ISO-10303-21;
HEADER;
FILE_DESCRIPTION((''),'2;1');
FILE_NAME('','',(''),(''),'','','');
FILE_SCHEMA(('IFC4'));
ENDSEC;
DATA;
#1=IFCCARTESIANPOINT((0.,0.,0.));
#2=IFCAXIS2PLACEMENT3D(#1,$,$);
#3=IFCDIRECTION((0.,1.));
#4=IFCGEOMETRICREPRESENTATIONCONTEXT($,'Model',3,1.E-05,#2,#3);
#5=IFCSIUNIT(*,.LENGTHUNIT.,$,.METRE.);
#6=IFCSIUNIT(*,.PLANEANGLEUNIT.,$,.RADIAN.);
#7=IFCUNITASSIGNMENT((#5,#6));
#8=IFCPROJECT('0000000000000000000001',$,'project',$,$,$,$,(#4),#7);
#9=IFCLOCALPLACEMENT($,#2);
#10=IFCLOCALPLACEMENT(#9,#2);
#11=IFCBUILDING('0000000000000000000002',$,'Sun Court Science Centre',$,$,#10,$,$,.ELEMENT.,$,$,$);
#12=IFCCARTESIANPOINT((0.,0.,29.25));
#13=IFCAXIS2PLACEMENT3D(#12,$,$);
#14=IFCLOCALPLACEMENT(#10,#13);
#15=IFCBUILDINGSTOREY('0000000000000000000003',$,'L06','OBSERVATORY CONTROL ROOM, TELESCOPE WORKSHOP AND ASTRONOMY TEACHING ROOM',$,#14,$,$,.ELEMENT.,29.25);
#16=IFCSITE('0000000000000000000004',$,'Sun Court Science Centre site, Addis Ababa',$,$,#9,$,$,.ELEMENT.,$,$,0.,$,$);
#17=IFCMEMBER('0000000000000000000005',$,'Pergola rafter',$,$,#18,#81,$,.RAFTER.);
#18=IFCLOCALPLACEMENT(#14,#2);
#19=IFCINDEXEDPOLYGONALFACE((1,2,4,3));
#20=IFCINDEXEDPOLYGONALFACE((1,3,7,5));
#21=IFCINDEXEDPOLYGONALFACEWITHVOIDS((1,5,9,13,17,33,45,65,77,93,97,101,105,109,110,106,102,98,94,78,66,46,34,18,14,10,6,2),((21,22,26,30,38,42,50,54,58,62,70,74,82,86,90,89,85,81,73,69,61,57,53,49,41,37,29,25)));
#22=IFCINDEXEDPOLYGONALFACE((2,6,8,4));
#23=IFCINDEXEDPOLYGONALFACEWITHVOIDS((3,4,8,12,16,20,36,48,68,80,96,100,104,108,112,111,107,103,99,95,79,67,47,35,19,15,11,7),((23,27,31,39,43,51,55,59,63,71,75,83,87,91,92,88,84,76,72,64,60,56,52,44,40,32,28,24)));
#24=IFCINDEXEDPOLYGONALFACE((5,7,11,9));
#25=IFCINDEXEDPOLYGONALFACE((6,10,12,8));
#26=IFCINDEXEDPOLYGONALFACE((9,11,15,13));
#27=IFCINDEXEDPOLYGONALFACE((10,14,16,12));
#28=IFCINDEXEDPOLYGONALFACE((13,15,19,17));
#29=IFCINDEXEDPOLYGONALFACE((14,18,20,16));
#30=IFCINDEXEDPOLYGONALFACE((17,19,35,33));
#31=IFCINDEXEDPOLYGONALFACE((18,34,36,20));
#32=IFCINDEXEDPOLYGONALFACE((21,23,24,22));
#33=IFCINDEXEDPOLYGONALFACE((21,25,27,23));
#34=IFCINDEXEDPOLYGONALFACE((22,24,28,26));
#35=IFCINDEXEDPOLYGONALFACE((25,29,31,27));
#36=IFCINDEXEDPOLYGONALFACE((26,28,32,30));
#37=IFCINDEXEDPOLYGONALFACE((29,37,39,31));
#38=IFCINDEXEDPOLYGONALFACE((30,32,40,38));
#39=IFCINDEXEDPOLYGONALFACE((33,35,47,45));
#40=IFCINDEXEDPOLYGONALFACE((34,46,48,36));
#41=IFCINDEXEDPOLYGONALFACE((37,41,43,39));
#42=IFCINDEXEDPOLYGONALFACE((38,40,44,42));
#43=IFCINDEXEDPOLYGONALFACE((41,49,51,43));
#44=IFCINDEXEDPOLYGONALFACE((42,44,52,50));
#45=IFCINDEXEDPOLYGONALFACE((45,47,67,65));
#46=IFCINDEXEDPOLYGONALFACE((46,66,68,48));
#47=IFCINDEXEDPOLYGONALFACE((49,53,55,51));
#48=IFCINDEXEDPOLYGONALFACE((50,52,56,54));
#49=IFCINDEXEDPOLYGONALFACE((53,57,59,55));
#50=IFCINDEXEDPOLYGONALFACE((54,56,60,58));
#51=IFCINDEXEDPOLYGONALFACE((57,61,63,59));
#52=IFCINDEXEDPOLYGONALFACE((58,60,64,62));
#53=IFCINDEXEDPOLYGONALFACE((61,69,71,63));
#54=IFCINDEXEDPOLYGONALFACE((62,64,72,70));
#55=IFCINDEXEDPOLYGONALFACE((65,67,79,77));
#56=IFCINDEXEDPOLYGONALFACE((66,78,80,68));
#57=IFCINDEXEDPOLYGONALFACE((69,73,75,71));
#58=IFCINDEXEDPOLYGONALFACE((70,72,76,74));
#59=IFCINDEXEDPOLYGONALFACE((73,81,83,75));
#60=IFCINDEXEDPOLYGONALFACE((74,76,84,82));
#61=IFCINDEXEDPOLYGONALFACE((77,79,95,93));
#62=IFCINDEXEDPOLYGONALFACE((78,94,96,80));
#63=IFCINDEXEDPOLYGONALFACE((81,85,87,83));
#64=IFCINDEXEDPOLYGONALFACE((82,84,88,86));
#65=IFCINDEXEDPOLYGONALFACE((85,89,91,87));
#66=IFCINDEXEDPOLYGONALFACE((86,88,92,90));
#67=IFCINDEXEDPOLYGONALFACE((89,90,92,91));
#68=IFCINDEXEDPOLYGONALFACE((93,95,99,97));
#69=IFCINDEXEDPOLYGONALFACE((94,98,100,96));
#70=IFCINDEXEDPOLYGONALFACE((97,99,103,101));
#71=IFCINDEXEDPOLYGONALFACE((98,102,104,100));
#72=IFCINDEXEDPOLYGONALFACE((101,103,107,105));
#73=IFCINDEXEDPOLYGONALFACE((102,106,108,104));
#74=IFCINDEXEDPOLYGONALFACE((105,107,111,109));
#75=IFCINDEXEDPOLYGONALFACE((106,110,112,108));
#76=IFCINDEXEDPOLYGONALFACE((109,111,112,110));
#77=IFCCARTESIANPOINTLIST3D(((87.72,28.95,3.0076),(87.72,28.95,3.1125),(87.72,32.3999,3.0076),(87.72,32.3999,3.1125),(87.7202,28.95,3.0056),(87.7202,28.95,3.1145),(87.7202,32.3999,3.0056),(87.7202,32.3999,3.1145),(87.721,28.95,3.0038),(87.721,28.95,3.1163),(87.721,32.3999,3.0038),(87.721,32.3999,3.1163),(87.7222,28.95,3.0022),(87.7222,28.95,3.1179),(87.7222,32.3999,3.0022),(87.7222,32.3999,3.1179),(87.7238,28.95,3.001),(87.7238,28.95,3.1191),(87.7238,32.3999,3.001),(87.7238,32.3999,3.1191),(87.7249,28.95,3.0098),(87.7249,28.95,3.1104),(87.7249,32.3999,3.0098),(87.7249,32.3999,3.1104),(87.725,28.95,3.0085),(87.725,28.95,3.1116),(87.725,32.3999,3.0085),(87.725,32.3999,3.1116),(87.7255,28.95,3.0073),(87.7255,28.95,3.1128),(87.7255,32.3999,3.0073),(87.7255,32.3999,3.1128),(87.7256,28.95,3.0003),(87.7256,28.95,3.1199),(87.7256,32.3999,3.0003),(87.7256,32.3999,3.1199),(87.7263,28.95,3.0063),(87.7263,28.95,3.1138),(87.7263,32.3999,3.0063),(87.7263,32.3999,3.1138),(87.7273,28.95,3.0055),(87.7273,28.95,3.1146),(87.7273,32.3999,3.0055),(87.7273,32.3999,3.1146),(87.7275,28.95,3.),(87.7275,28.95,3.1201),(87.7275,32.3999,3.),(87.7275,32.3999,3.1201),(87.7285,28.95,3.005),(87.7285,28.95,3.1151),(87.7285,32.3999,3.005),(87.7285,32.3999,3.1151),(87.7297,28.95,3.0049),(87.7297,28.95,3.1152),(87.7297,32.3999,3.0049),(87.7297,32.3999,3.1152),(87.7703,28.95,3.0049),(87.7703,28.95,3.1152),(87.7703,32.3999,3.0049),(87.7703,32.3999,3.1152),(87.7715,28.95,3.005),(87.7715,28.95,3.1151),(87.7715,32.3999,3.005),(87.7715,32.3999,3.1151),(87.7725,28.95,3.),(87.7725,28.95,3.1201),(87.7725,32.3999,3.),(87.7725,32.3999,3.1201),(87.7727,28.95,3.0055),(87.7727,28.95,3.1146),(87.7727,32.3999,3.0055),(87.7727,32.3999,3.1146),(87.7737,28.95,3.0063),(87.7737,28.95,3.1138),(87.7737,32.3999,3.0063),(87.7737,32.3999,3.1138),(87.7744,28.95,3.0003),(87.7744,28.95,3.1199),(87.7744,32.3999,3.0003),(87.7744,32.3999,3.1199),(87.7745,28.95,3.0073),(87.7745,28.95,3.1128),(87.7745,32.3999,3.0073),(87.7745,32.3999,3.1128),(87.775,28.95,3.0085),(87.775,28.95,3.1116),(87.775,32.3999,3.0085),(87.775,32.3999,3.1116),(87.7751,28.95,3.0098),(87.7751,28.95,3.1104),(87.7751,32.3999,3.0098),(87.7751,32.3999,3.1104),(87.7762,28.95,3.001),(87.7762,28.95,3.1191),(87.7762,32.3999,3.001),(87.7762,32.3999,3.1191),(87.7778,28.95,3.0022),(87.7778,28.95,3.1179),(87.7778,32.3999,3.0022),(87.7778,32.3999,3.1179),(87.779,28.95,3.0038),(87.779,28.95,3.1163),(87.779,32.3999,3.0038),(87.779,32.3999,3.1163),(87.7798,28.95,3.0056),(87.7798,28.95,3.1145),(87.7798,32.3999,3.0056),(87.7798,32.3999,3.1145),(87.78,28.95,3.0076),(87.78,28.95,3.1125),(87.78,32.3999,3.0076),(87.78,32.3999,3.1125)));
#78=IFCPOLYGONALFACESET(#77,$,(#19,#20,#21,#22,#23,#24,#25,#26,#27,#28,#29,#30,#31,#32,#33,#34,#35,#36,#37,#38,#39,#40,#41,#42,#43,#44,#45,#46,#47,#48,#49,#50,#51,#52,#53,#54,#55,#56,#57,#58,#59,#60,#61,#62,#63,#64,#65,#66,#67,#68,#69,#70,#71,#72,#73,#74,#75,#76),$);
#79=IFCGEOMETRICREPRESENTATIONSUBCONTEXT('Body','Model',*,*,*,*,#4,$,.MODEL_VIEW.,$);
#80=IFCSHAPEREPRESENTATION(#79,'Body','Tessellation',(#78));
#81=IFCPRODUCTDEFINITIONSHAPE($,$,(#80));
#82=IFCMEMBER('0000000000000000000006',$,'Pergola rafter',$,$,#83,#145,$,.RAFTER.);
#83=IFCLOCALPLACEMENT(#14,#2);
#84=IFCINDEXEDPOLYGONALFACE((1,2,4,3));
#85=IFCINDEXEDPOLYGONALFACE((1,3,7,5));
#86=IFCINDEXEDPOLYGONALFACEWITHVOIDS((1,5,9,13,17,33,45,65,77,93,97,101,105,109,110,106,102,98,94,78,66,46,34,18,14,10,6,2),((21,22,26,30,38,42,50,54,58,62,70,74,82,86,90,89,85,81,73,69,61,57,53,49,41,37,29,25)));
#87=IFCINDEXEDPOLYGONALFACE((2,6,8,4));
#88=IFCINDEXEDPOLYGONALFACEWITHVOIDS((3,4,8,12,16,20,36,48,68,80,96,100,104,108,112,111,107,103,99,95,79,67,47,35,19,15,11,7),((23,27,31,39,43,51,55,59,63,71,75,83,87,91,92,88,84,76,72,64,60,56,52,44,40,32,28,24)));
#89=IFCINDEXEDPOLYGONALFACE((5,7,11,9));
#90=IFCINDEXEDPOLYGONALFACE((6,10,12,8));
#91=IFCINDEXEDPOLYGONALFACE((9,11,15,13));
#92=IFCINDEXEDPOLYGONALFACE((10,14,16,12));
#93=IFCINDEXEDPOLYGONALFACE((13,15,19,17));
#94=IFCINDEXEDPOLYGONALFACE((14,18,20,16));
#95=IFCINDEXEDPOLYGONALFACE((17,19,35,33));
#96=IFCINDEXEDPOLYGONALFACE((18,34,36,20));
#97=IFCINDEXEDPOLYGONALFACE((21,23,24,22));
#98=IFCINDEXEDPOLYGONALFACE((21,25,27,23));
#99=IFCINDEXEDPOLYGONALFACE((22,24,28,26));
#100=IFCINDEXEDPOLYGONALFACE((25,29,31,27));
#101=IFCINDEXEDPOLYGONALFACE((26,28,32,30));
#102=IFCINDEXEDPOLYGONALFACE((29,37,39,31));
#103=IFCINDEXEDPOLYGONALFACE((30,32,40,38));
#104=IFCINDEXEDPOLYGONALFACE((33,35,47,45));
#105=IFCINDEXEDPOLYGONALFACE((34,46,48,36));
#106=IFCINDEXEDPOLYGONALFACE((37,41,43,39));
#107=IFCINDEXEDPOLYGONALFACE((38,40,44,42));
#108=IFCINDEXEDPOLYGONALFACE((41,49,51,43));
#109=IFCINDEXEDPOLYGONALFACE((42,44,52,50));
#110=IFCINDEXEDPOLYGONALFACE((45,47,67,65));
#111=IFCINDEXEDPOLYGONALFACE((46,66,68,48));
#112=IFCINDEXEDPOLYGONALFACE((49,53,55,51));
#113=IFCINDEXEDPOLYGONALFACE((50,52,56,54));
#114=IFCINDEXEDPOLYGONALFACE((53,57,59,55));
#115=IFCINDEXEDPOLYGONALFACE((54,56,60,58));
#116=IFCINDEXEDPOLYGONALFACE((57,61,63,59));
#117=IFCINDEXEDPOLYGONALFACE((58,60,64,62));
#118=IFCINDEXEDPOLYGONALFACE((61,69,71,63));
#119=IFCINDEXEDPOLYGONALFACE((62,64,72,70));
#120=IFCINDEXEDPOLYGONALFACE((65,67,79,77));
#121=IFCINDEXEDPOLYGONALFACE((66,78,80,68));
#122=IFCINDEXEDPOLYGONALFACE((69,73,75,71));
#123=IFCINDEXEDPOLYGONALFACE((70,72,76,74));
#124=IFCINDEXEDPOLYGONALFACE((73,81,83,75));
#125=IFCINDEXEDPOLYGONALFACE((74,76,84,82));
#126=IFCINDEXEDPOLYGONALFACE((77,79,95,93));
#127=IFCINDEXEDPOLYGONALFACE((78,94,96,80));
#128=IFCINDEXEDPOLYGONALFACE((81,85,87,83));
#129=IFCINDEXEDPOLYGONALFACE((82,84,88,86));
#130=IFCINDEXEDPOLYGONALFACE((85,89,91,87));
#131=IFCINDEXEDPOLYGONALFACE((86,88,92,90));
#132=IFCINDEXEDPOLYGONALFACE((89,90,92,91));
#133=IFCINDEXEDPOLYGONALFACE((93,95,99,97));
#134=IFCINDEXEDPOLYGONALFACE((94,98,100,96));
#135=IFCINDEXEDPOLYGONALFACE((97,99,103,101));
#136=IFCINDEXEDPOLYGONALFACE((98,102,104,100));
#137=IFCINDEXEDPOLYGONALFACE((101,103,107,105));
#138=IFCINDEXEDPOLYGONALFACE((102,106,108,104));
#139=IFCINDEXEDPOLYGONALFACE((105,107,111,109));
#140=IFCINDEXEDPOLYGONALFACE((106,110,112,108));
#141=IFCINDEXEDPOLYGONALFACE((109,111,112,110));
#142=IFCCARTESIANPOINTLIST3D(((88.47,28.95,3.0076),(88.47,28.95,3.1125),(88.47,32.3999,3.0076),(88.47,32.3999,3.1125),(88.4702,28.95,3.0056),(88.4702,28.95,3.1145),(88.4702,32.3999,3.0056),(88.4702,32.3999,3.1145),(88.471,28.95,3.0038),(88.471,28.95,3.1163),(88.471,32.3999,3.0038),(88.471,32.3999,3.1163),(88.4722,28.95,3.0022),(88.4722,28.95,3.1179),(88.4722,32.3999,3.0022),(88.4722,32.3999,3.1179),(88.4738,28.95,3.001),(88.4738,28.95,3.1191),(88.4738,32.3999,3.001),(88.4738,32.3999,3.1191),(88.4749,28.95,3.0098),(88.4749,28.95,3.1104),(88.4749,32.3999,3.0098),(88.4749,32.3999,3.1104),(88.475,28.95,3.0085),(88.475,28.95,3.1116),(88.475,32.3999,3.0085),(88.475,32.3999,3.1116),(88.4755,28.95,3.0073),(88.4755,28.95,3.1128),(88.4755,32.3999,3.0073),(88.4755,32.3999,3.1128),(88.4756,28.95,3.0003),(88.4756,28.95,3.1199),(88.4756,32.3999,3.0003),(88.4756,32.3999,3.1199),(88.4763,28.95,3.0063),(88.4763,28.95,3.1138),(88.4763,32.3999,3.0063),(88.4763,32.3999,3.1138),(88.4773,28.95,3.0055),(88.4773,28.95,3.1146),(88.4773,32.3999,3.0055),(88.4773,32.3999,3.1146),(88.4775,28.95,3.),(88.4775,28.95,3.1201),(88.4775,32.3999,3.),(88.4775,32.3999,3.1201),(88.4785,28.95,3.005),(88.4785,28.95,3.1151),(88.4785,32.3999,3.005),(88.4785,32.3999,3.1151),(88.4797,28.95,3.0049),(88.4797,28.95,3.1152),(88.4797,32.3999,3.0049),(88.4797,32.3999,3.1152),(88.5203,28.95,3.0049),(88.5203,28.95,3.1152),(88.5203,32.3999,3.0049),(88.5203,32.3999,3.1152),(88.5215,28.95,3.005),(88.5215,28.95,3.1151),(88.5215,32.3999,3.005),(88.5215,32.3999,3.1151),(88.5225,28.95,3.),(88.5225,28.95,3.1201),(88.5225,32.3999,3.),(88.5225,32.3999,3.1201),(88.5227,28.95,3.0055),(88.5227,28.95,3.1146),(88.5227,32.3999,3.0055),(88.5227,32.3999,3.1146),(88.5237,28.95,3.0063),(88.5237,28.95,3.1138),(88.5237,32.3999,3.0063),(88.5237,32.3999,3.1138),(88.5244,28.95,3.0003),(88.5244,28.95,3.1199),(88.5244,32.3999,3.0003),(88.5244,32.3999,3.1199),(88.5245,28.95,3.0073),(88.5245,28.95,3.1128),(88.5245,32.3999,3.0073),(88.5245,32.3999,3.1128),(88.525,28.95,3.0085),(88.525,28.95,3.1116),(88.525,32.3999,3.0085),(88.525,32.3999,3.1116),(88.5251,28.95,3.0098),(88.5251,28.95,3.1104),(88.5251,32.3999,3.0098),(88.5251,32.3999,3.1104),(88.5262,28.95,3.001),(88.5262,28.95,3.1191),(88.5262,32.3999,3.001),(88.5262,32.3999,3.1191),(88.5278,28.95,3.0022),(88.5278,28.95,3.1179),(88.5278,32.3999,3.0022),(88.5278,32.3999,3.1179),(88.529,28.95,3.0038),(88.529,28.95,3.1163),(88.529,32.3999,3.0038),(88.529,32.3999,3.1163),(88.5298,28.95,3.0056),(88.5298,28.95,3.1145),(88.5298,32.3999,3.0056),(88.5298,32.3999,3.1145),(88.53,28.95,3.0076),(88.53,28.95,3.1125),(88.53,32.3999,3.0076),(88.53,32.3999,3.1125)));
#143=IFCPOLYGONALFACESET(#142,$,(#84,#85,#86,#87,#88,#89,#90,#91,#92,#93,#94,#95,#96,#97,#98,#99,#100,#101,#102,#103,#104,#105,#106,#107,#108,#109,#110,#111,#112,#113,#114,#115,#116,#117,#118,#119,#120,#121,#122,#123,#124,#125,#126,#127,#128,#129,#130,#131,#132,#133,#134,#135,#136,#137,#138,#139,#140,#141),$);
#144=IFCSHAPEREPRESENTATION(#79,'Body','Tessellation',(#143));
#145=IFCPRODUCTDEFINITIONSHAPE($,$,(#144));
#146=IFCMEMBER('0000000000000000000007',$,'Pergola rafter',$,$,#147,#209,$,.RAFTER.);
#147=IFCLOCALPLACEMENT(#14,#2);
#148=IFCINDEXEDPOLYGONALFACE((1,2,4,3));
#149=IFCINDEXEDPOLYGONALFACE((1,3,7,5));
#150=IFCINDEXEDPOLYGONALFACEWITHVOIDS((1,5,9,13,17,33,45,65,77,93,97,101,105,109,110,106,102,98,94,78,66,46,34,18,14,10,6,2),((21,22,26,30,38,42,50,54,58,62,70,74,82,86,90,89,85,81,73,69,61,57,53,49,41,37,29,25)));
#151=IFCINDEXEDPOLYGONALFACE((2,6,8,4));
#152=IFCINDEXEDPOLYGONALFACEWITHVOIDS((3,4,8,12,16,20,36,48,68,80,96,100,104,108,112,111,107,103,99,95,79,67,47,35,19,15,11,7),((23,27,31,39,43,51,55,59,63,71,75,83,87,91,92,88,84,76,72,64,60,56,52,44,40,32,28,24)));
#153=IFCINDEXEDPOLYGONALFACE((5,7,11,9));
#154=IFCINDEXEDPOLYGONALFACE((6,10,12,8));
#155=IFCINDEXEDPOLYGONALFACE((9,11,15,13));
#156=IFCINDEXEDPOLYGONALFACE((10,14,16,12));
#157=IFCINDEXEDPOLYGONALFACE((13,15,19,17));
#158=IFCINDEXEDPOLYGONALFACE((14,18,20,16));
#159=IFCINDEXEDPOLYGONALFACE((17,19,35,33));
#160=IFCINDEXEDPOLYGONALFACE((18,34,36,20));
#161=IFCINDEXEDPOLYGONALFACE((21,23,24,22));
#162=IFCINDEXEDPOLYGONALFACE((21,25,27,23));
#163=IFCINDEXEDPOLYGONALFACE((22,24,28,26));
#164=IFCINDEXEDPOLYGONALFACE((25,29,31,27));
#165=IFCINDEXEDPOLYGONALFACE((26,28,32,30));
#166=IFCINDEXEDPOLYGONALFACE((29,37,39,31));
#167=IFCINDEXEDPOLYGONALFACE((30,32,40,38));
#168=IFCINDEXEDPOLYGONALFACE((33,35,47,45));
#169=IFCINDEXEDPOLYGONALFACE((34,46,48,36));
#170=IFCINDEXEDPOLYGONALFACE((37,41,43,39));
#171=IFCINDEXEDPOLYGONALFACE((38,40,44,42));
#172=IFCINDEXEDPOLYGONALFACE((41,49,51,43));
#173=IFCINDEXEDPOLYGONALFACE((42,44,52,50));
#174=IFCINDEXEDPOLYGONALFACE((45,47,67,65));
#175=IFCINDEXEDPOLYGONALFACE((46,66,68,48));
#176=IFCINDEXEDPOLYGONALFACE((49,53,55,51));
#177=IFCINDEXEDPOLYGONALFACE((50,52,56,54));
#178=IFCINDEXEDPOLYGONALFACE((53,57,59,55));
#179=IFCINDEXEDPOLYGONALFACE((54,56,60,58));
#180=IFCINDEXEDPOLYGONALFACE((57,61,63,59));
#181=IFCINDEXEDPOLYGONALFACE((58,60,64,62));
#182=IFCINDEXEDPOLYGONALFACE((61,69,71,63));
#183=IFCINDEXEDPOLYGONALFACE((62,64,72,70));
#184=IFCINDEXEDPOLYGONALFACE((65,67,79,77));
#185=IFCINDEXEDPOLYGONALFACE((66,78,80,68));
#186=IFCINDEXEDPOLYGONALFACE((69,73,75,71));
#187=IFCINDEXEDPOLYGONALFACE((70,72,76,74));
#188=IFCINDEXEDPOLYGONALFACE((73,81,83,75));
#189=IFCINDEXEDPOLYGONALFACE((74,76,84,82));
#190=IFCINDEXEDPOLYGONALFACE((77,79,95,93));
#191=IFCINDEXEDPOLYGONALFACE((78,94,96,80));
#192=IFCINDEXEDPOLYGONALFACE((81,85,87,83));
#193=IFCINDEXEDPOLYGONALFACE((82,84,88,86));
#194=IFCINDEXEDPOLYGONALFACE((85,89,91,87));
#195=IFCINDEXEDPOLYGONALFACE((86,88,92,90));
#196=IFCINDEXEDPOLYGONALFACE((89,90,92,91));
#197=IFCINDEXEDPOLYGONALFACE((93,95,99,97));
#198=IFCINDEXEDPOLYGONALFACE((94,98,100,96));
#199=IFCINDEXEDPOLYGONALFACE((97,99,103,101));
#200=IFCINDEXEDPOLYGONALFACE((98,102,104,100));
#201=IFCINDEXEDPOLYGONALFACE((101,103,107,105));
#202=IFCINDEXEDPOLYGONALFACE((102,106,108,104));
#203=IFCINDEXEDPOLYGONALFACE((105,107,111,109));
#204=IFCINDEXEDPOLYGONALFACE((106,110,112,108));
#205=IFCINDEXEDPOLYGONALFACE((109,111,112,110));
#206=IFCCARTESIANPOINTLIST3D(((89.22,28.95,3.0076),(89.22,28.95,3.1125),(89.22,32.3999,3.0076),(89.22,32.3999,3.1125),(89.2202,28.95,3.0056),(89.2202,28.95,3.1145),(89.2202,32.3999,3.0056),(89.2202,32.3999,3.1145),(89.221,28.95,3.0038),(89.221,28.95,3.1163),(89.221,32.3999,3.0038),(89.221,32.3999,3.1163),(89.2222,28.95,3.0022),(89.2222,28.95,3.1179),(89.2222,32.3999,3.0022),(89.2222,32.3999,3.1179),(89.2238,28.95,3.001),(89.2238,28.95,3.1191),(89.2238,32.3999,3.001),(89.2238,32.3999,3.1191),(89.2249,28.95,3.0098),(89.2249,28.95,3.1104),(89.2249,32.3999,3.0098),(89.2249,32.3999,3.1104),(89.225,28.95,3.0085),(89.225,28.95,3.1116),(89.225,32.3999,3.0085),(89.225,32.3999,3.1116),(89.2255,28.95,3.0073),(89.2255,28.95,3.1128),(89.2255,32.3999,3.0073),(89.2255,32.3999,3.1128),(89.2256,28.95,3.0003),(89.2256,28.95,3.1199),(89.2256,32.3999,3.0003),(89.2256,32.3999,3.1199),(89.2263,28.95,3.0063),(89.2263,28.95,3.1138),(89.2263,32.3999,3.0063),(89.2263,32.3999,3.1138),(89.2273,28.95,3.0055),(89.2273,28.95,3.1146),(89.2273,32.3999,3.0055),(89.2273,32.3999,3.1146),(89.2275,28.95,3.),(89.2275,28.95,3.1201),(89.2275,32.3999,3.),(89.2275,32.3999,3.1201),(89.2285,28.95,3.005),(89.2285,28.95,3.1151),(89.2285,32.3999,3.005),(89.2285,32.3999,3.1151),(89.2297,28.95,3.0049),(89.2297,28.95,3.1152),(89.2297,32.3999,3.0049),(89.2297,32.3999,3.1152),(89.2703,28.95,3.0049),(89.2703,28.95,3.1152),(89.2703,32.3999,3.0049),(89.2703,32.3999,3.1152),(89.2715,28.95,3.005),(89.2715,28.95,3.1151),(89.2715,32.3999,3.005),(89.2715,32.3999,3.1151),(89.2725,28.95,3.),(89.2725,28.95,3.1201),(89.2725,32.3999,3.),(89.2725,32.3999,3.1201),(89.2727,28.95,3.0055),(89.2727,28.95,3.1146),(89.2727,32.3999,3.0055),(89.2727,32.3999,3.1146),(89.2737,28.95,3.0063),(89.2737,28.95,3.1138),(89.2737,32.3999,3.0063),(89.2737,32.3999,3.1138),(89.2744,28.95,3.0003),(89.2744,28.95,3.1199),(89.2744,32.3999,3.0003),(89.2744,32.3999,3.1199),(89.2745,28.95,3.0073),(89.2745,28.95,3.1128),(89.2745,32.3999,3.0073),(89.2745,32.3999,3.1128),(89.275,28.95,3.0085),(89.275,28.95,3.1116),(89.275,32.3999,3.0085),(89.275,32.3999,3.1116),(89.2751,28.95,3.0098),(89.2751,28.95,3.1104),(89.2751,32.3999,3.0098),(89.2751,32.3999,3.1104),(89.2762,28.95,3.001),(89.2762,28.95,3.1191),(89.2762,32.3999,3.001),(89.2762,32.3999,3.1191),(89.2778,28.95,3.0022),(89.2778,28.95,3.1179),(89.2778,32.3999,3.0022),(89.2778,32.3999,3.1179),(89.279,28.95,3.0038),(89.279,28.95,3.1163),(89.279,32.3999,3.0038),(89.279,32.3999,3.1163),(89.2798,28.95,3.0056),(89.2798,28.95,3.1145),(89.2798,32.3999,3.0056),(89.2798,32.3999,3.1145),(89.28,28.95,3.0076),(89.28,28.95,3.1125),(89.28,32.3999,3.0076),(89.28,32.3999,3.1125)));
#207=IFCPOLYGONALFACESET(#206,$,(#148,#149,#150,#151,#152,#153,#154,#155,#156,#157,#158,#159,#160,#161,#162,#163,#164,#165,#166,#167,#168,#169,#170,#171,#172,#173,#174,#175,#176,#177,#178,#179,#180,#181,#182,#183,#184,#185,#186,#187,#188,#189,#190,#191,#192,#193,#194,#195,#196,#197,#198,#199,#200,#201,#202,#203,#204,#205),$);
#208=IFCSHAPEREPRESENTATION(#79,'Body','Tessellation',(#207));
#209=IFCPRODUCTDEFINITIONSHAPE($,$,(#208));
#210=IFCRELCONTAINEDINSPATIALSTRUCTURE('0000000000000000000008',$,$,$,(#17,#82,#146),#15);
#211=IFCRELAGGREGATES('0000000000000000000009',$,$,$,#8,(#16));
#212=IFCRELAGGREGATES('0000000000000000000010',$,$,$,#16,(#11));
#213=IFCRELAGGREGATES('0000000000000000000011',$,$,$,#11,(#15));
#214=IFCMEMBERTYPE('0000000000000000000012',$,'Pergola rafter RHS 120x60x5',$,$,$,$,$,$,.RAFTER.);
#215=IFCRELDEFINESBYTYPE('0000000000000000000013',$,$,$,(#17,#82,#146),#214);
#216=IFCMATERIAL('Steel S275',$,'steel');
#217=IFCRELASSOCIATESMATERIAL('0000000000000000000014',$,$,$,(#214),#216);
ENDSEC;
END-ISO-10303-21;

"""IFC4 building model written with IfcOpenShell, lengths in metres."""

from ifc_helpers import new_model, si_unit, direction, frame, origin, origin_2d, place, context, subcontext, project, spatial, hollow_rectangle, extrude, material, material_profile, profile_set, type_object, element, save


model = new_model("IFC4")

# Units and contexts
model_context = context("Model", 3, precision=1e-05, world=origin(), true_north=direction((0.0, 1.0)))
body_context = subcontext(model_context, "Body", "Model", "MODEL_VIEW")
ifc_project = project(units=[si_unit("LENGTHUNIT", "METRE"), si_unit("PLANEANGLEUNIT", "RADIAN")], contexts=[model_context])

# Site, building, storey
site_placement = place(None, origin())
site = spatial("IfcSite", under=ifc_project, at=site_placement, Name="Sun Court Science Centre site, Addis Ababa", CompositionType="ELEMENT", RefElevation=0.0)
building_placement = place(site_placement, origin())
building = spatial("IfcBuilding", under=site, at=building_placement, Name="Sun Court Science Centre", CompositionType="ELEMENT")
storey_placement = place(building_placement, frame((0.0, 0.0, 29.25)))
storey = spatial("IfcBuildingStorey", under=building, at=storey_placement, Name="L06", Description="OBSERVATORY CONTROL ROOM, TELESCOPE WORKSHOP AND ASTRONOMY TEACHING ROOM", CompositionType="ELEMENT", Elevation=29.25)

# Members
ifc_material_1 = material(Name="Steel S275", Category="steel")
ifc_material_profile_1 = material_profile(ifc_material_1, hollow_rectangle(XDim=0.0601, YDim=0.1201, WallThickness=0.0049, InnerFilletRadius=0.0049, OuterFilletRadius=0.0076, at=origin_2d()), Name="RHS 120x60x5")
ifc_profile_set_1 = profile_set([ifc_material_profile_1], Name="Steel S275")
member_type_1 = type_object("IfcMemberType", Name="Pergola rafter RHS 120x60x5", PredefinedType="RAFTER", material=ifc_profile_set_1)
for number, where, z_axis, x_axis, name in (
    (1, (87.75, 28.95, 3.0601), (0.0, 1.0, 0.0), (-1.0, 0.0, 0.0), "Pergola rafter"),
    (2, (88.5, 28.95, 3.0601), (0.0, 1.0, 0.0), (-1.0, 0.0, 0.0), "Pergola rafter"),
    (3, (89.25, 28.95, 3.0601), (0.0, 1.0, 0.0), (-1.0, 0.0, 0.0), "Pergola rafter"),
):
    element("IfcMember", number, at=place(storey_placement, frame(where, z_axis=z_axis, x_axis=x_axis)), inside=storey, type_object=member_type_1, Name=name, PredefinedType="RAFTER", context=body_context, shape_type="SweptSolid", body=[
        extrude(hollow_rectangle(XDim=0.0601, YDim=0.1201, WallThickness=0.0049, InnerFilletRadius=0.0049, OuterFilletRadius=0.0076, at=origin_2d()), origin(), (0.0, 0.0, 1.0), 3.45),
    ])

save(model, "model.ifc")
